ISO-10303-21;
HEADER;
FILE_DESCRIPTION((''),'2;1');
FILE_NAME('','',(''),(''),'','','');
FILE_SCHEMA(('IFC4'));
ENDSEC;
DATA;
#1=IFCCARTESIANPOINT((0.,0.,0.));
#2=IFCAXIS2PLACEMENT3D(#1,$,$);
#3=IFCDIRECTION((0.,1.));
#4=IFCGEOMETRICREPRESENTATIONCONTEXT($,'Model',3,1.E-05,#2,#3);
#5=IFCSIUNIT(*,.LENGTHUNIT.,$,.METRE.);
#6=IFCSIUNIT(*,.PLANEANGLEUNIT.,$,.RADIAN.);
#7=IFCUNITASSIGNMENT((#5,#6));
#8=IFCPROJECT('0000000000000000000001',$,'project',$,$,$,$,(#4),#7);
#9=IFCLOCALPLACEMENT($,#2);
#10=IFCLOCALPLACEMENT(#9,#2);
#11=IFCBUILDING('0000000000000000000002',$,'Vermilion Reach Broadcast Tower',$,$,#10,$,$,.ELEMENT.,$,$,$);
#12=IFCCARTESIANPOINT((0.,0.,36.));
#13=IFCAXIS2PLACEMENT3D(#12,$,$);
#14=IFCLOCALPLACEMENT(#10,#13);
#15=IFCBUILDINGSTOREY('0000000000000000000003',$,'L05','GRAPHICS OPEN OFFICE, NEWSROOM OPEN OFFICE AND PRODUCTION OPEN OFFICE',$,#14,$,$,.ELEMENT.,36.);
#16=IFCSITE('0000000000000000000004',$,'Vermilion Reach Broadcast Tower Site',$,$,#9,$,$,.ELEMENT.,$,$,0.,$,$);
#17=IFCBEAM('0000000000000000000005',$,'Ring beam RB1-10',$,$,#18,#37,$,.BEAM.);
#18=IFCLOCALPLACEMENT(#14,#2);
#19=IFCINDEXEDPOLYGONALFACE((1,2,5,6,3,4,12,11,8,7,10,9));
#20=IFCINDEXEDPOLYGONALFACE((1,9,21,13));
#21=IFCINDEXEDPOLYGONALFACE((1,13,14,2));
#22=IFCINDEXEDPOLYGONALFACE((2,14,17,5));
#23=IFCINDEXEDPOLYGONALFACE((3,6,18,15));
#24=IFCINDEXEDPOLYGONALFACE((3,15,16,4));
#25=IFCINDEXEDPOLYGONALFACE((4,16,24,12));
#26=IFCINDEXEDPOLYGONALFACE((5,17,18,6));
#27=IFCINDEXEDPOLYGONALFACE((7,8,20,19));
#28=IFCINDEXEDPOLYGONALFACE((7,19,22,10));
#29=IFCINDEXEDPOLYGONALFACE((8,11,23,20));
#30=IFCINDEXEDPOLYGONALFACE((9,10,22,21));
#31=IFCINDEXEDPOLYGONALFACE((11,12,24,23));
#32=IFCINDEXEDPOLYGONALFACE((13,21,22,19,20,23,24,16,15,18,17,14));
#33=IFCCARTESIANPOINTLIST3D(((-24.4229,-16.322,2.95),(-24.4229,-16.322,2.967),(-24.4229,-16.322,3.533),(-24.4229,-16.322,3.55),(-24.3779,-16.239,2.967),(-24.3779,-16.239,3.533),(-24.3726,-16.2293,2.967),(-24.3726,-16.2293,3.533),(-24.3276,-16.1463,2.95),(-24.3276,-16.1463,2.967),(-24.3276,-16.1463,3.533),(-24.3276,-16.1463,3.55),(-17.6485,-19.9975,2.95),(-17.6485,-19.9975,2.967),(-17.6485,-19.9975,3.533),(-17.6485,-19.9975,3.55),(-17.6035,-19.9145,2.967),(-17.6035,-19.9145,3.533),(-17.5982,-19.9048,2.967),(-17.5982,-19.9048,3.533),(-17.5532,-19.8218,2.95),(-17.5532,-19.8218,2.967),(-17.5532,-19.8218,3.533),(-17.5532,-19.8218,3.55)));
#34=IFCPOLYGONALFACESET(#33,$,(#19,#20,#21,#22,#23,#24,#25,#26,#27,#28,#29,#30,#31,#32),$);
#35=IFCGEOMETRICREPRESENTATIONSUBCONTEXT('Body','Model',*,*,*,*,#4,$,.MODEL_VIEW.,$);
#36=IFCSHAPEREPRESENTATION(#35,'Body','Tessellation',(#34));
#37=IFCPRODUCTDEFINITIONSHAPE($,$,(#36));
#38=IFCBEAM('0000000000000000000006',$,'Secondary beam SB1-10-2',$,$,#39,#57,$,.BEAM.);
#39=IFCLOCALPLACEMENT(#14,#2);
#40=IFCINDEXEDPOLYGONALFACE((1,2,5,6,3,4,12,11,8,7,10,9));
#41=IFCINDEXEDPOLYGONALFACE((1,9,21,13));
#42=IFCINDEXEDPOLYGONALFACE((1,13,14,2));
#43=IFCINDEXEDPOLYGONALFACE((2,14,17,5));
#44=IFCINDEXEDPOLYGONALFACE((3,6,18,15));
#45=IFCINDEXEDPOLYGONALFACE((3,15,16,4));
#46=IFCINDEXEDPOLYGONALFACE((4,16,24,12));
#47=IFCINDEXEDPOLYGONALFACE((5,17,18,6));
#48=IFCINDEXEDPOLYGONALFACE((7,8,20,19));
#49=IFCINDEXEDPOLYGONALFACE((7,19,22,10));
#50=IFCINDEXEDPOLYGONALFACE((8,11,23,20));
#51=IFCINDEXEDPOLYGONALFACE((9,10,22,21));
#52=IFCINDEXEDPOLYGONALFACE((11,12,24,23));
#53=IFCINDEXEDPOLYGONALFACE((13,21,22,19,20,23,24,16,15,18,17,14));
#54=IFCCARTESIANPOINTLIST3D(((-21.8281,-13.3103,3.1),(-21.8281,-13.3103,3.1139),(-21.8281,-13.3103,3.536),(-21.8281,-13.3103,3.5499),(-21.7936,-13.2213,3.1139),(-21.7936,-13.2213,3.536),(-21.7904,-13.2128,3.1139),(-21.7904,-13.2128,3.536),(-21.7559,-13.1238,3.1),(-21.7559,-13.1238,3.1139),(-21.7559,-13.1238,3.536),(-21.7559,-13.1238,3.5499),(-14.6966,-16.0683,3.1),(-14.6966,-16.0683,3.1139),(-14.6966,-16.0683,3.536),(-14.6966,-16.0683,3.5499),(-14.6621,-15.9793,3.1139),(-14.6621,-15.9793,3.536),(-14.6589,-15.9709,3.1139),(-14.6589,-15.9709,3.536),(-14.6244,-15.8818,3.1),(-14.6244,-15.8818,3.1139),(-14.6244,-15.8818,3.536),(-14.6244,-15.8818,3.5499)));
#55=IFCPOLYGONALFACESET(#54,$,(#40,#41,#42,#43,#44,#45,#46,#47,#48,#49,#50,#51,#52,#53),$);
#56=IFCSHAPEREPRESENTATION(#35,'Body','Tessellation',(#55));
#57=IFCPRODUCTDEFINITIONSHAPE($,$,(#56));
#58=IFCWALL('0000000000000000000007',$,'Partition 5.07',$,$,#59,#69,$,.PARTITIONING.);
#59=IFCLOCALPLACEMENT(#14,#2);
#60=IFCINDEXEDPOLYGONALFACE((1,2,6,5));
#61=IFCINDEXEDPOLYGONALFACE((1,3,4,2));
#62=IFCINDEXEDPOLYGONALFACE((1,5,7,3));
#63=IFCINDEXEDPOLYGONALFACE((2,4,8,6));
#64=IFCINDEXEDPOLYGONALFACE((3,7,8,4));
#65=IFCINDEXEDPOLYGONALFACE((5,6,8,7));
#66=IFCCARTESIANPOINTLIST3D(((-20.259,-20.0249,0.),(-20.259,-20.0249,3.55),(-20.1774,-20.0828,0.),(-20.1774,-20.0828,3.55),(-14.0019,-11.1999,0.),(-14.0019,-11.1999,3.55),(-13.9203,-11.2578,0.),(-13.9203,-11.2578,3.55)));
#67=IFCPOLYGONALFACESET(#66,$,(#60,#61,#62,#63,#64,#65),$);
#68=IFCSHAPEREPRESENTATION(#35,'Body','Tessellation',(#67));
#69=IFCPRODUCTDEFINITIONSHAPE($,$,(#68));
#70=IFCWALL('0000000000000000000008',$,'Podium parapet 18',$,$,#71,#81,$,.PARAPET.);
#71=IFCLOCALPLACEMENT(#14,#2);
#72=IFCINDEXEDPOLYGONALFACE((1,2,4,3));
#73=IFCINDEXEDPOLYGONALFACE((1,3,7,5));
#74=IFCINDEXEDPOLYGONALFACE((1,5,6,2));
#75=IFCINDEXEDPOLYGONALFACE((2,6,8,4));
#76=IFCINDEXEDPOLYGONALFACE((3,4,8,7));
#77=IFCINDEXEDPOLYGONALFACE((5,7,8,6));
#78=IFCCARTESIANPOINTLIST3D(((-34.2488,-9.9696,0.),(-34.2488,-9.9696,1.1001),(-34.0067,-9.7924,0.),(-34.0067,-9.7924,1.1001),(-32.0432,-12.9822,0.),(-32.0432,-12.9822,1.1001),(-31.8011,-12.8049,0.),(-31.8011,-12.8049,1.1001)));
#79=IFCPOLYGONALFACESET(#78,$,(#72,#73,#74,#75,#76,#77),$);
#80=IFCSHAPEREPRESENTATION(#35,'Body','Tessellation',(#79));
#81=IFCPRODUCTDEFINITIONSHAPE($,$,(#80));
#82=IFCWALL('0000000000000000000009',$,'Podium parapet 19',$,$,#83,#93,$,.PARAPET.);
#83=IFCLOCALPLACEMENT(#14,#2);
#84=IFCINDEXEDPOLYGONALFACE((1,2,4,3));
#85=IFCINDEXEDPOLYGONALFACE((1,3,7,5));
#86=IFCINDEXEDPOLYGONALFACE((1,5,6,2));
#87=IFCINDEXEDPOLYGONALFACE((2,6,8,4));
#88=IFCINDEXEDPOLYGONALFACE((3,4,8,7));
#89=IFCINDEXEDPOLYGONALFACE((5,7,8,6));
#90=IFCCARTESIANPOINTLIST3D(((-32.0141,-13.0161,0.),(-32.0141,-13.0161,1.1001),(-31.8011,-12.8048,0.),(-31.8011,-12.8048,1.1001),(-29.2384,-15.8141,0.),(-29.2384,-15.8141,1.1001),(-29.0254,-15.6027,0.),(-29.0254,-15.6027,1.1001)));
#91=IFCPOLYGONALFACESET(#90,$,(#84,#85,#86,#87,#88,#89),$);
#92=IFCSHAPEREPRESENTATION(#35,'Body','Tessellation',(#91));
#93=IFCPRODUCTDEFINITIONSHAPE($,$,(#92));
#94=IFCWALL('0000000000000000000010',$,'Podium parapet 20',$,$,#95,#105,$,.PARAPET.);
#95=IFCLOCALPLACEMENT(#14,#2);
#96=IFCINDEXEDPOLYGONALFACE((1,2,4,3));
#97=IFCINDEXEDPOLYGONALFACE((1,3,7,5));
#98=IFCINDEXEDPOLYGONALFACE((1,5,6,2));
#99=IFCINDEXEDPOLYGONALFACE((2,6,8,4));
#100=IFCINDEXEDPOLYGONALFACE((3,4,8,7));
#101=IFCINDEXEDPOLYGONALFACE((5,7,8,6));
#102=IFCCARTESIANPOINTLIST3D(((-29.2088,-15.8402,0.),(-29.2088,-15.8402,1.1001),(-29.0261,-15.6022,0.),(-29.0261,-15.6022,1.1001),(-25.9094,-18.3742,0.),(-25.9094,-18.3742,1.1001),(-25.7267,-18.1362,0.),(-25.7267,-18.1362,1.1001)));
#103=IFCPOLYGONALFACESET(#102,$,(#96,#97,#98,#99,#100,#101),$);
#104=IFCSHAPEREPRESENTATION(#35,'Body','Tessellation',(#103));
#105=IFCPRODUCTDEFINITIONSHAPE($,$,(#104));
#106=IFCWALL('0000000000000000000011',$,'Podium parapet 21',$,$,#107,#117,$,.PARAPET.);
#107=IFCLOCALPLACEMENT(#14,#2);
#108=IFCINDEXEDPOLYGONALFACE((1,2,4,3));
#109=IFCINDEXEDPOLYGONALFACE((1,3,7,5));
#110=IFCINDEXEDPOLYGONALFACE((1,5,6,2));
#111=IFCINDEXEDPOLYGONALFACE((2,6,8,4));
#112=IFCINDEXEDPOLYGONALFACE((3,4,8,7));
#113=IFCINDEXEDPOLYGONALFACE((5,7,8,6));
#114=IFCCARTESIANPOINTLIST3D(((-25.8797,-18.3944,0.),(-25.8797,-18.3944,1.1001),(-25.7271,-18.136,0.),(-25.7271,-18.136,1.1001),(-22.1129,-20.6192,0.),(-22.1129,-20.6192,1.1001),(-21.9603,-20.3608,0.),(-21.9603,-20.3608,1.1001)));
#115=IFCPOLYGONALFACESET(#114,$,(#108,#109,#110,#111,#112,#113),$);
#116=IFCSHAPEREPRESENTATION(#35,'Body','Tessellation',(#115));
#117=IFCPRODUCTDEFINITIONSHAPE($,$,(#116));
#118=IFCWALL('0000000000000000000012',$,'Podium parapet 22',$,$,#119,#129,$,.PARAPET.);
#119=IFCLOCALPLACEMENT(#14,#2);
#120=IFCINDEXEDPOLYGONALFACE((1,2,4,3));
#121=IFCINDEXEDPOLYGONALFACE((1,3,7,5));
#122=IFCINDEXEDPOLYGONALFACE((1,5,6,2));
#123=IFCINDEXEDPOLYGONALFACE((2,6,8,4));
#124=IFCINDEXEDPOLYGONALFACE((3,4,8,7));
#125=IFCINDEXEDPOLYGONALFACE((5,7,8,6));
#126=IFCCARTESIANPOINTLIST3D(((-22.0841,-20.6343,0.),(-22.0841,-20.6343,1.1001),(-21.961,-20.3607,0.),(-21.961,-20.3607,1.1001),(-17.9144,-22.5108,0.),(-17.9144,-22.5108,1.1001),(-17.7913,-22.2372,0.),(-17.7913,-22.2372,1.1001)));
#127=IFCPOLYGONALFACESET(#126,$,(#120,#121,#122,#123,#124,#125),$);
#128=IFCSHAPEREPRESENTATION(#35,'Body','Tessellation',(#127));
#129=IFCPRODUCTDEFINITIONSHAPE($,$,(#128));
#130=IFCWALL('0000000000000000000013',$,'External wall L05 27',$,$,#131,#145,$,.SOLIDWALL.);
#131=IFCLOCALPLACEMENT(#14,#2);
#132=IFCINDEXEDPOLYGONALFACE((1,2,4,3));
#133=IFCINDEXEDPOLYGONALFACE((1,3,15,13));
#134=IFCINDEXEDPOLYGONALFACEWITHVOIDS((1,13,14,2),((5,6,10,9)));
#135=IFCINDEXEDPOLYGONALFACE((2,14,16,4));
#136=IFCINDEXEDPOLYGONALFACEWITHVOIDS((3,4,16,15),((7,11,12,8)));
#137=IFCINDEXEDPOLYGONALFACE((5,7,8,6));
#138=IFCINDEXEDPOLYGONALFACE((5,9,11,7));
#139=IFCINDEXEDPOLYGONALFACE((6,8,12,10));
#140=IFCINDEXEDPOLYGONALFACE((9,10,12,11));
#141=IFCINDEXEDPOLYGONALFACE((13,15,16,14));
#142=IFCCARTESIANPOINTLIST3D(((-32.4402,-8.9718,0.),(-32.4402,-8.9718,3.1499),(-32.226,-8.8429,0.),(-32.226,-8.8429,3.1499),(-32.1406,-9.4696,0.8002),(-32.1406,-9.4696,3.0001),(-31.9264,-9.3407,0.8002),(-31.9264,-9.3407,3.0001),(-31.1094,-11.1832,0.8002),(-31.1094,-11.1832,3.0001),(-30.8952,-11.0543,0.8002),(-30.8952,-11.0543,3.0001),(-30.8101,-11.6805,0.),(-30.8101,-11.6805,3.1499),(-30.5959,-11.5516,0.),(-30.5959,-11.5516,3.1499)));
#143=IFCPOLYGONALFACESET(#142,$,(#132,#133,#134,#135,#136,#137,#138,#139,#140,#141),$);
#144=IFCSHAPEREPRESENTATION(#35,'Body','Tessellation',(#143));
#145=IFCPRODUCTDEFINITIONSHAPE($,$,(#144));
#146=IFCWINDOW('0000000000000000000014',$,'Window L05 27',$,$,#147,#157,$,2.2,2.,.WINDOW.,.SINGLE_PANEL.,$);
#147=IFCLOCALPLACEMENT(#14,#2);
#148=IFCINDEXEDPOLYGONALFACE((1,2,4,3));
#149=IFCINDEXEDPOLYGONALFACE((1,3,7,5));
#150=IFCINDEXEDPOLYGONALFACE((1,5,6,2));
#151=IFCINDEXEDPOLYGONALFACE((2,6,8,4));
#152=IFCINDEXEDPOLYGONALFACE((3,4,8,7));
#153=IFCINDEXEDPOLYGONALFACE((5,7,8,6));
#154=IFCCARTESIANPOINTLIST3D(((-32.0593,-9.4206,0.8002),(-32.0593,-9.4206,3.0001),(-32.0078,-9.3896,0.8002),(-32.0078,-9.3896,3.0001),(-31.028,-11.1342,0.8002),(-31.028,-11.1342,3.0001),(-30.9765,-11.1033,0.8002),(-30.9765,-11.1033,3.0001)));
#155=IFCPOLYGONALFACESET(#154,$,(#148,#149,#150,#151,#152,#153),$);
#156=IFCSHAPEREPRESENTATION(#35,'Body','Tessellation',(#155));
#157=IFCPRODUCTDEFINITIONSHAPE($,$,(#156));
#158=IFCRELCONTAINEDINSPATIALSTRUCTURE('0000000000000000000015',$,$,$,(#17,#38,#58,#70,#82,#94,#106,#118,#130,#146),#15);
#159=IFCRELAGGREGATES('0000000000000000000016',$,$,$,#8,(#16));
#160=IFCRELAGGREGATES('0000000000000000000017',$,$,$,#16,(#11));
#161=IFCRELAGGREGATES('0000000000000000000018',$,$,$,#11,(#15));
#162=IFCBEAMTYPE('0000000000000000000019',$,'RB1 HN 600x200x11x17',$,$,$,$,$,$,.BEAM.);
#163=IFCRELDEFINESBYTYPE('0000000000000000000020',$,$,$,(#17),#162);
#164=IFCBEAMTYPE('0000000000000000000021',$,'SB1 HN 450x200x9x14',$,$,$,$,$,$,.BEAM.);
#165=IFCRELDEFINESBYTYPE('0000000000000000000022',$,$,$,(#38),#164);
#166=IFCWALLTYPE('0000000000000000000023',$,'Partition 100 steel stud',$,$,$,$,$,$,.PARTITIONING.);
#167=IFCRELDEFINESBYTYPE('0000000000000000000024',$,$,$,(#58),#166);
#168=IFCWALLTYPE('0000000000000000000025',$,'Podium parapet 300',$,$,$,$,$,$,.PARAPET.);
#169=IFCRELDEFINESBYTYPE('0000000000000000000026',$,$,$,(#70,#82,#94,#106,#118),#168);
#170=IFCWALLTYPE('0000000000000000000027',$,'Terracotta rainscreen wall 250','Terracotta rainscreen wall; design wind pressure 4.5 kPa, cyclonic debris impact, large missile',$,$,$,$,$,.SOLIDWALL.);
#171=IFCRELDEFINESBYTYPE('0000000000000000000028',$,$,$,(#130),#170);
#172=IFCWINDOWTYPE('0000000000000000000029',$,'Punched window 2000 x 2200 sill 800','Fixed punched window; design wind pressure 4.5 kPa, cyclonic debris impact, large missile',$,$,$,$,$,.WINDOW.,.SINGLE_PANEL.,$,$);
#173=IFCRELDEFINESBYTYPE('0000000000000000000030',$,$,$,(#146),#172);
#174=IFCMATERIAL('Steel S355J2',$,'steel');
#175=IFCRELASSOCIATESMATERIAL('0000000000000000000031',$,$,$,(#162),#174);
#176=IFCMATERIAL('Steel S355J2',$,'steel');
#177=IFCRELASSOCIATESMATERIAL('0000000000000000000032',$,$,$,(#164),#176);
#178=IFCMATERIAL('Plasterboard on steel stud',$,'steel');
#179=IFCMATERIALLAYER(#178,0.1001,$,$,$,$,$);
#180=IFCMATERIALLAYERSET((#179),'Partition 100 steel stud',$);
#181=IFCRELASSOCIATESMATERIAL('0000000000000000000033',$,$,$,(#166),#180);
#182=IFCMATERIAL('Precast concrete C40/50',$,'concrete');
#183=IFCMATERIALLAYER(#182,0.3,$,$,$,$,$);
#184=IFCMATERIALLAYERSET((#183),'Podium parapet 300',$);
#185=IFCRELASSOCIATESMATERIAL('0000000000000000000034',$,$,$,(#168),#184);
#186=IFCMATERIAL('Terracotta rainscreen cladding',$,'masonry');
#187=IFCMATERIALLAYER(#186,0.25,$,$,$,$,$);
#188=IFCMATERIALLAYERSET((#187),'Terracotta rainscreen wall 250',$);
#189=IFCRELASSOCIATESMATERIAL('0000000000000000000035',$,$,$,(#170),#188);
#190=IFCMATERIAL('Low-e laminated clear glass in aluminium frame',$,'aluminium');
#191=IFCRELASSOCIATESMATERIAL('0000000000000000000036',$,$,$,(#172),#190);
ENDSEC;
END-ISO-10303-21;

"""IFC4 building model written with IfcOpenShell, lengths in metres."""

from ifc_helpers import new_model, si_unit, direction, frame, frame_2d, origin, origin_2d, place, context, subcontext, project, spatial, rectangle, i_section, extrude, material, layer, layer_set, material_profile, profile_set, type_object, element, fill, save


model = new_model("IFC4")

# Units and contexts
model_context = context("Model", 3, precision=1e-05, world=origin(), true_north=direction((0.0, 1.0)))
body_context = subcontext(model_context, "Body", "Model", "MODEL_VIEW")
ifc_project = project(units=[si_unit("LENGTHUNIT", "METRE"), si_unit("PLANEANGLEUNIT", "RADIAN")], contexts=[model_context])

# Site, building, storey
site_placement = place(None, origin())
site = spatial("IfcSite", under=ifc_project, at=site_placement, Name="Vermilion Reach Broadcast Tower Site", CompositionType="ELEMENT", RefElevation=0.0)
building_placement = place(site_placement, origin())
building = spatial("IfcBuilding", under=site, at=building_placement, Name="Vermilion Reach Broadcast Tower", CompositionType="ELEMENT")
storey_placement = place(building_placement, frame((0.0, 0.0, 36.0)))
storey = spatial("IfcBuildingStorey", under=building, at=storey_placement, Name="L05", Description="GRAPHICS OPEN OFFICE, NEWSROOM OPEN OFFICE AND PRODUCTION OPEN OFFICE", CompositionType="ELEMENT", Elevation=36.0)

# Beams
ifc_material_1 = material(Name="Steel S355J2", Category="steel")
ifc_material_profile_1 = material_profile(ifc_material_1, i_section(OverallWidth=0.2, OverallDepth=0.6001, WebThickness=0.011, FlangeThickness=0.0171, at=origin_2d()), Name="S355J2 HN 600x200x11x17")
ifc_profile_set_1 = profile_set([ifc_material_profile_1], Name="Steel S355J2")
beam_type_1 = type_object("IfcBeamType", Name="RB1 HN 600x200x11x17", PredefinedType="BEAM", material=ifc_profile_set_1)
beam_1_placement = place(storey_placement, frame((-24.3752, -16.2341, 3.25), z_axis=(0.878962, -0.476891, 0.0), x_axis=(0.476891, 0.878962, 0.0)))
element("IfcBeam", 1, at=beam_1_placement, inside=storey, type_object=beam_type_1, Name="Ring beam RB1-10", PredefinedType="BEAM", context=body_context, shape_type="SweptSolid", body=[
    extrude(i_section(OverallWidth=0.2, OverallDepth=0.6001, WebThickness=0.011, FlangeThickness=0.0171, at=origin_2d()), origin(), (0.0, 0.0, 1.0), 7.7073),
])
ifc_material_2 = material(Name="Steel S355J2", Category="steel")
ifc_material_profile_2 = material_profile(ifc_material_2, i_section(OverallWidth=0.2, OverallDepth=0.45, WebThickness=0.009, FlangeThickness=0.0139, at=origin_2d()), Name="S355J2 HN 450x200x9x14")
ifc_profile_set_2 = profile_set([ifc_material_profile_2], Name="Steel S355J2")
beam_type_2 = type_object("IfcBeamType", Name="SB1 HN 450x200x9x14", PredefinedType="BEAM", material=ifc_profile_set_2)
beam_2_placement = place(storey_placement, frame((-21.792, -13.217, 3.325), z_axis=(0.932681, -0.360703, 0.0), x_axis=(0.360703, 0.932681, 0.0)))
element("IfcBeam", 2, at=beam_2_placement, inside=storey, type_object=beam_type_2, Name="Secondary beam SB1-10-2", PredefinedType="BEAM", context=body_context, shape_type="SweptSolid", body=[
    extrude(i_section(OverallWidth=0.2, OverallDepth=0.45, WebThickness=0.009, FlangeThickness=0.0139, at=origin_2d()), origin(), (0.0, 0.0, 1.0), 7.6462),
])

# Walls
ifc_material_3 = material(Name="Plasterboard on steel stud", Category="steel")
ifc_layer_1 = layer(ifc_material_3, 0.1001)
ifc_layer_set_1 = layer_set([ifc_layer_1], Name="Partition 100 steel stud")
wall_type_1 = type_object("IfcWallType", Name="Partition 100 steel stud", PredefinedType="PARTITIONING", material=ifc_layer_set_1)
wall_1_placement = place(storey_placement, frame((-20.2183, -20.054, 0.0), z_axis=(0.0, 0.0, 1.0), x_axis=(0.578391, 0.81576, 0.0)))
element("IfcWall", 3, at=wall_1_placement, inside=storey, type_object=wall_type_1, Name="Partition 5.07", PredefinedType="PARTITIONING", context=body_context, shape_type="SweptSolid", body=[
    extrude(rectangle(XDim=10.8181, YDim=0.1001, at=frame_2d((5.4092, 0.0))), origin(), (0.0, 0.0, 1.0), 3.55),
])
ifc_material_4 = material(Name="Precast concrete C40/50", Category="concrete")
ifc_layer_2 = layer(ifc_material_4, 0.3)
ifc_layer_set_2 = layer_set([ifc_layer_2], Name="Podium parapet 300")
wall_type_2 = type_object("IfcWallType", Name="Podium parapet 300", PredefinedType="PARAPET", material=ifc_layer_set_2)
wall_2_placement = place(storey_placement, frame((-34.1277, -9.8811, 0.0), z_axis=(0.0, 0.0, 1.0), x_axis=(0.590743, -0.80686, 0.0)))
element("IfcWall", 4, at=wall_2_placement, inside=storey, type_object=wall_type_2, Name="Podium parapet 18", PredefinedType="PARAPET", context=body_context, shape_type="SweptSolid", body=[
    extrude(rectangle(XDim=3.7336, YDim=0.3, at=frame_2d((1.8667, 0.0))), origin(), (0.0, 0.0, 1.0), 1.1001),
])
wall_3_placement = place(storey_placement, frame((-31.9077, -12.9104, 0.0), z_axis=(0.0, 0.0, 1.0), x_axis=(0.704283, -0.70992, 0.0)))
element("IfcWall", 5, at=wall_3_placement, inside=storey, type_object=wall_type_2, Name="Podium parapet 19", PredefinedType="PARAPET", context=body_context, shape_type="SweptSolid", body=[
    extrude(rectangle(XDim=3.9412, YDim=0.3, at=frame_2d((1.9707, 0.0))), origin(), (0.0, 0.0, 1.0), 1.1001),
])
wall_4_placement = place(storey_placement, frame((-29.1174, -15.7212, 0.0), z_axis=(0.0, 0.0, 1.0), x_axis=(0.793088, -0.609106, 0.0)))
element("IfcWall", 6, at=wall_4_placement, inside=storey, type_object=wall_type_2, Name="Podium parapet 20", PredefinedType="PARAPET", context=body_context, shape_type="SweptSolid", body=[
    extrude(rectangle(XDim=4.1602, YDim=0.3, at=frame_2d((2.0801, 0.0))), origin(), (0.0, 0.0, 1.0), 1.1001),
])
wall_5_placement = place(storey_placement, frame((-25.8035, -18.2651, 0.0), z_axis=(0.0, 0.0, 1.0), x_axis=(0.861028, -0.508558, 0.0)))
element("IfcWall", 7, at=wall_5_placement, inside=storey, type_object=wall_type_2, Name="Podium parapet 21", PredefinedType="PARAPET", context=body_context, shape_type="SweptSolid", body=[
    extrude(rectangle(XDim=4.3748, YDim=0.3, at=frame_2d((2.1875, 0.0))), origin(), (0.0, 0.0, 1.0), 1.1001),
])
wall_6_placement = place(storey_placement, frame((-22.0225, -20.4976, 0.0), z_axis=(0.0, 0.0, 1.0), x_axis=(0.911913, -0.410385, 0.0)))
element("IfcWall", 8, at=wall_6_placement, inside=storey, type_object=wall_type_2, Name="Podium parapet 22", PredefinedType="PARAPET", context=body_context, shape_type="SweptSolid", body=[
    extrude(rectangle(XDim=4.5725, YDim=0.3, at=frame_2d((2.2861, 0.0))), origin(), (0.0, 0.0, 1.0), 1.1001),
])

# Wall, opening, window
ifc_material_5 = material(Name="Terracotta rainscreen cladding", Category="masonry")
ifc_layer_3 = layer(ifc_material_5, 0.25)
ifc_layer_set_3 = layer_set([ifc_layer_3], Name="Terracotta rainscreen wall 250")
wall_type_3 = type_object("IfcWallType", Name="Terracotta rainscreen wall 250", Description="Terracotta rainscreen wall; design wind pressure 4.5 kPa, cyclonic debris impact, large missile", PredefinedType="SOLIDWALL", material=ifc_layer_set_3)
wall_7_placement = place(storey_placement, frame((-32.333, -8.9075, 0.0), z_axis=(0.0, 0.0, 1.0), x_axis=(0.515631, -0.856811, 0.0)))
wall_7 = element("IfcWall", 9, at=wall_7_placement, inside=storey, type_object=wall_type_3, Name="External wall L05 27", PredefinedType="SOLIDWALL", context=body_context, shape_type="SweptSolid", body=[
    extrude(rectangle(XDim=3.1614, YDim=0.25, at=frame_2d((1.5806, 0.0))), origin(), (0.0, 0.0, 1.0), 3.1499),
])
opening_1_placement = place(wall_7_placement, frame((0.5808, 0.0, 0.8)))
opening_1 = element("IfcOpeningElement", 10, at=opening_1_placement, cuts=wall_7, PredefinedType="OPENING", context=body_context, shape_type="SweptSolid", body=[
    extrude(rectangle(XDim=2.0, YDim=2.2, at=frame_2d((1.0, 1.1001))), frame((0.0, 0.135, 0.0), z_axis=(0.0, -1.0, 0.0), x_axis=(1.0, 0.0, 0.0)), (0.0, 0.0, 1.0), 0.27),
])
ifc_material_6 = material(Name="Low-e laminated clear glass in aluminium frame", Category="aluminium")
window_type = type_object("IfcWindowType", Name="Punched window 2000 x 2200 sill 800", Description="Fixed punched window; design wind pressure 4.5 kPa, cyclonic debris impact, large missile", PartitioningType="SINGLE_PANEL", PredefinedType="WINDOW", material=ifc_material_6)
window_1_placement = place(opening_1_placement, origin())
window_1 = element("IfcWindow", 11, at=window_1_placement, inside=storey, type_object=window_type, Name="Window L05 27", OverallHeight=2.2, OverallWidth=2.0, PartitioningType="SINGLE_PANEL", PredefinedType="WINDOW", context=body_context, shape_type="SweptSolid", body=[
    extrude(rectangle(XDim=2.0, YDim=2.2, at=frame_2d((1.0, 1.1001))), frame((0.0, 0.03, 0.0), z_axis=(0.0, -1.0, 0.0), x_axis=(1.0, 0.0, 0.0)), (0.0, 0.0, 1.0), 0.0601),
])
fill(opening_1, window_1)

save(model, "model.ifc")
